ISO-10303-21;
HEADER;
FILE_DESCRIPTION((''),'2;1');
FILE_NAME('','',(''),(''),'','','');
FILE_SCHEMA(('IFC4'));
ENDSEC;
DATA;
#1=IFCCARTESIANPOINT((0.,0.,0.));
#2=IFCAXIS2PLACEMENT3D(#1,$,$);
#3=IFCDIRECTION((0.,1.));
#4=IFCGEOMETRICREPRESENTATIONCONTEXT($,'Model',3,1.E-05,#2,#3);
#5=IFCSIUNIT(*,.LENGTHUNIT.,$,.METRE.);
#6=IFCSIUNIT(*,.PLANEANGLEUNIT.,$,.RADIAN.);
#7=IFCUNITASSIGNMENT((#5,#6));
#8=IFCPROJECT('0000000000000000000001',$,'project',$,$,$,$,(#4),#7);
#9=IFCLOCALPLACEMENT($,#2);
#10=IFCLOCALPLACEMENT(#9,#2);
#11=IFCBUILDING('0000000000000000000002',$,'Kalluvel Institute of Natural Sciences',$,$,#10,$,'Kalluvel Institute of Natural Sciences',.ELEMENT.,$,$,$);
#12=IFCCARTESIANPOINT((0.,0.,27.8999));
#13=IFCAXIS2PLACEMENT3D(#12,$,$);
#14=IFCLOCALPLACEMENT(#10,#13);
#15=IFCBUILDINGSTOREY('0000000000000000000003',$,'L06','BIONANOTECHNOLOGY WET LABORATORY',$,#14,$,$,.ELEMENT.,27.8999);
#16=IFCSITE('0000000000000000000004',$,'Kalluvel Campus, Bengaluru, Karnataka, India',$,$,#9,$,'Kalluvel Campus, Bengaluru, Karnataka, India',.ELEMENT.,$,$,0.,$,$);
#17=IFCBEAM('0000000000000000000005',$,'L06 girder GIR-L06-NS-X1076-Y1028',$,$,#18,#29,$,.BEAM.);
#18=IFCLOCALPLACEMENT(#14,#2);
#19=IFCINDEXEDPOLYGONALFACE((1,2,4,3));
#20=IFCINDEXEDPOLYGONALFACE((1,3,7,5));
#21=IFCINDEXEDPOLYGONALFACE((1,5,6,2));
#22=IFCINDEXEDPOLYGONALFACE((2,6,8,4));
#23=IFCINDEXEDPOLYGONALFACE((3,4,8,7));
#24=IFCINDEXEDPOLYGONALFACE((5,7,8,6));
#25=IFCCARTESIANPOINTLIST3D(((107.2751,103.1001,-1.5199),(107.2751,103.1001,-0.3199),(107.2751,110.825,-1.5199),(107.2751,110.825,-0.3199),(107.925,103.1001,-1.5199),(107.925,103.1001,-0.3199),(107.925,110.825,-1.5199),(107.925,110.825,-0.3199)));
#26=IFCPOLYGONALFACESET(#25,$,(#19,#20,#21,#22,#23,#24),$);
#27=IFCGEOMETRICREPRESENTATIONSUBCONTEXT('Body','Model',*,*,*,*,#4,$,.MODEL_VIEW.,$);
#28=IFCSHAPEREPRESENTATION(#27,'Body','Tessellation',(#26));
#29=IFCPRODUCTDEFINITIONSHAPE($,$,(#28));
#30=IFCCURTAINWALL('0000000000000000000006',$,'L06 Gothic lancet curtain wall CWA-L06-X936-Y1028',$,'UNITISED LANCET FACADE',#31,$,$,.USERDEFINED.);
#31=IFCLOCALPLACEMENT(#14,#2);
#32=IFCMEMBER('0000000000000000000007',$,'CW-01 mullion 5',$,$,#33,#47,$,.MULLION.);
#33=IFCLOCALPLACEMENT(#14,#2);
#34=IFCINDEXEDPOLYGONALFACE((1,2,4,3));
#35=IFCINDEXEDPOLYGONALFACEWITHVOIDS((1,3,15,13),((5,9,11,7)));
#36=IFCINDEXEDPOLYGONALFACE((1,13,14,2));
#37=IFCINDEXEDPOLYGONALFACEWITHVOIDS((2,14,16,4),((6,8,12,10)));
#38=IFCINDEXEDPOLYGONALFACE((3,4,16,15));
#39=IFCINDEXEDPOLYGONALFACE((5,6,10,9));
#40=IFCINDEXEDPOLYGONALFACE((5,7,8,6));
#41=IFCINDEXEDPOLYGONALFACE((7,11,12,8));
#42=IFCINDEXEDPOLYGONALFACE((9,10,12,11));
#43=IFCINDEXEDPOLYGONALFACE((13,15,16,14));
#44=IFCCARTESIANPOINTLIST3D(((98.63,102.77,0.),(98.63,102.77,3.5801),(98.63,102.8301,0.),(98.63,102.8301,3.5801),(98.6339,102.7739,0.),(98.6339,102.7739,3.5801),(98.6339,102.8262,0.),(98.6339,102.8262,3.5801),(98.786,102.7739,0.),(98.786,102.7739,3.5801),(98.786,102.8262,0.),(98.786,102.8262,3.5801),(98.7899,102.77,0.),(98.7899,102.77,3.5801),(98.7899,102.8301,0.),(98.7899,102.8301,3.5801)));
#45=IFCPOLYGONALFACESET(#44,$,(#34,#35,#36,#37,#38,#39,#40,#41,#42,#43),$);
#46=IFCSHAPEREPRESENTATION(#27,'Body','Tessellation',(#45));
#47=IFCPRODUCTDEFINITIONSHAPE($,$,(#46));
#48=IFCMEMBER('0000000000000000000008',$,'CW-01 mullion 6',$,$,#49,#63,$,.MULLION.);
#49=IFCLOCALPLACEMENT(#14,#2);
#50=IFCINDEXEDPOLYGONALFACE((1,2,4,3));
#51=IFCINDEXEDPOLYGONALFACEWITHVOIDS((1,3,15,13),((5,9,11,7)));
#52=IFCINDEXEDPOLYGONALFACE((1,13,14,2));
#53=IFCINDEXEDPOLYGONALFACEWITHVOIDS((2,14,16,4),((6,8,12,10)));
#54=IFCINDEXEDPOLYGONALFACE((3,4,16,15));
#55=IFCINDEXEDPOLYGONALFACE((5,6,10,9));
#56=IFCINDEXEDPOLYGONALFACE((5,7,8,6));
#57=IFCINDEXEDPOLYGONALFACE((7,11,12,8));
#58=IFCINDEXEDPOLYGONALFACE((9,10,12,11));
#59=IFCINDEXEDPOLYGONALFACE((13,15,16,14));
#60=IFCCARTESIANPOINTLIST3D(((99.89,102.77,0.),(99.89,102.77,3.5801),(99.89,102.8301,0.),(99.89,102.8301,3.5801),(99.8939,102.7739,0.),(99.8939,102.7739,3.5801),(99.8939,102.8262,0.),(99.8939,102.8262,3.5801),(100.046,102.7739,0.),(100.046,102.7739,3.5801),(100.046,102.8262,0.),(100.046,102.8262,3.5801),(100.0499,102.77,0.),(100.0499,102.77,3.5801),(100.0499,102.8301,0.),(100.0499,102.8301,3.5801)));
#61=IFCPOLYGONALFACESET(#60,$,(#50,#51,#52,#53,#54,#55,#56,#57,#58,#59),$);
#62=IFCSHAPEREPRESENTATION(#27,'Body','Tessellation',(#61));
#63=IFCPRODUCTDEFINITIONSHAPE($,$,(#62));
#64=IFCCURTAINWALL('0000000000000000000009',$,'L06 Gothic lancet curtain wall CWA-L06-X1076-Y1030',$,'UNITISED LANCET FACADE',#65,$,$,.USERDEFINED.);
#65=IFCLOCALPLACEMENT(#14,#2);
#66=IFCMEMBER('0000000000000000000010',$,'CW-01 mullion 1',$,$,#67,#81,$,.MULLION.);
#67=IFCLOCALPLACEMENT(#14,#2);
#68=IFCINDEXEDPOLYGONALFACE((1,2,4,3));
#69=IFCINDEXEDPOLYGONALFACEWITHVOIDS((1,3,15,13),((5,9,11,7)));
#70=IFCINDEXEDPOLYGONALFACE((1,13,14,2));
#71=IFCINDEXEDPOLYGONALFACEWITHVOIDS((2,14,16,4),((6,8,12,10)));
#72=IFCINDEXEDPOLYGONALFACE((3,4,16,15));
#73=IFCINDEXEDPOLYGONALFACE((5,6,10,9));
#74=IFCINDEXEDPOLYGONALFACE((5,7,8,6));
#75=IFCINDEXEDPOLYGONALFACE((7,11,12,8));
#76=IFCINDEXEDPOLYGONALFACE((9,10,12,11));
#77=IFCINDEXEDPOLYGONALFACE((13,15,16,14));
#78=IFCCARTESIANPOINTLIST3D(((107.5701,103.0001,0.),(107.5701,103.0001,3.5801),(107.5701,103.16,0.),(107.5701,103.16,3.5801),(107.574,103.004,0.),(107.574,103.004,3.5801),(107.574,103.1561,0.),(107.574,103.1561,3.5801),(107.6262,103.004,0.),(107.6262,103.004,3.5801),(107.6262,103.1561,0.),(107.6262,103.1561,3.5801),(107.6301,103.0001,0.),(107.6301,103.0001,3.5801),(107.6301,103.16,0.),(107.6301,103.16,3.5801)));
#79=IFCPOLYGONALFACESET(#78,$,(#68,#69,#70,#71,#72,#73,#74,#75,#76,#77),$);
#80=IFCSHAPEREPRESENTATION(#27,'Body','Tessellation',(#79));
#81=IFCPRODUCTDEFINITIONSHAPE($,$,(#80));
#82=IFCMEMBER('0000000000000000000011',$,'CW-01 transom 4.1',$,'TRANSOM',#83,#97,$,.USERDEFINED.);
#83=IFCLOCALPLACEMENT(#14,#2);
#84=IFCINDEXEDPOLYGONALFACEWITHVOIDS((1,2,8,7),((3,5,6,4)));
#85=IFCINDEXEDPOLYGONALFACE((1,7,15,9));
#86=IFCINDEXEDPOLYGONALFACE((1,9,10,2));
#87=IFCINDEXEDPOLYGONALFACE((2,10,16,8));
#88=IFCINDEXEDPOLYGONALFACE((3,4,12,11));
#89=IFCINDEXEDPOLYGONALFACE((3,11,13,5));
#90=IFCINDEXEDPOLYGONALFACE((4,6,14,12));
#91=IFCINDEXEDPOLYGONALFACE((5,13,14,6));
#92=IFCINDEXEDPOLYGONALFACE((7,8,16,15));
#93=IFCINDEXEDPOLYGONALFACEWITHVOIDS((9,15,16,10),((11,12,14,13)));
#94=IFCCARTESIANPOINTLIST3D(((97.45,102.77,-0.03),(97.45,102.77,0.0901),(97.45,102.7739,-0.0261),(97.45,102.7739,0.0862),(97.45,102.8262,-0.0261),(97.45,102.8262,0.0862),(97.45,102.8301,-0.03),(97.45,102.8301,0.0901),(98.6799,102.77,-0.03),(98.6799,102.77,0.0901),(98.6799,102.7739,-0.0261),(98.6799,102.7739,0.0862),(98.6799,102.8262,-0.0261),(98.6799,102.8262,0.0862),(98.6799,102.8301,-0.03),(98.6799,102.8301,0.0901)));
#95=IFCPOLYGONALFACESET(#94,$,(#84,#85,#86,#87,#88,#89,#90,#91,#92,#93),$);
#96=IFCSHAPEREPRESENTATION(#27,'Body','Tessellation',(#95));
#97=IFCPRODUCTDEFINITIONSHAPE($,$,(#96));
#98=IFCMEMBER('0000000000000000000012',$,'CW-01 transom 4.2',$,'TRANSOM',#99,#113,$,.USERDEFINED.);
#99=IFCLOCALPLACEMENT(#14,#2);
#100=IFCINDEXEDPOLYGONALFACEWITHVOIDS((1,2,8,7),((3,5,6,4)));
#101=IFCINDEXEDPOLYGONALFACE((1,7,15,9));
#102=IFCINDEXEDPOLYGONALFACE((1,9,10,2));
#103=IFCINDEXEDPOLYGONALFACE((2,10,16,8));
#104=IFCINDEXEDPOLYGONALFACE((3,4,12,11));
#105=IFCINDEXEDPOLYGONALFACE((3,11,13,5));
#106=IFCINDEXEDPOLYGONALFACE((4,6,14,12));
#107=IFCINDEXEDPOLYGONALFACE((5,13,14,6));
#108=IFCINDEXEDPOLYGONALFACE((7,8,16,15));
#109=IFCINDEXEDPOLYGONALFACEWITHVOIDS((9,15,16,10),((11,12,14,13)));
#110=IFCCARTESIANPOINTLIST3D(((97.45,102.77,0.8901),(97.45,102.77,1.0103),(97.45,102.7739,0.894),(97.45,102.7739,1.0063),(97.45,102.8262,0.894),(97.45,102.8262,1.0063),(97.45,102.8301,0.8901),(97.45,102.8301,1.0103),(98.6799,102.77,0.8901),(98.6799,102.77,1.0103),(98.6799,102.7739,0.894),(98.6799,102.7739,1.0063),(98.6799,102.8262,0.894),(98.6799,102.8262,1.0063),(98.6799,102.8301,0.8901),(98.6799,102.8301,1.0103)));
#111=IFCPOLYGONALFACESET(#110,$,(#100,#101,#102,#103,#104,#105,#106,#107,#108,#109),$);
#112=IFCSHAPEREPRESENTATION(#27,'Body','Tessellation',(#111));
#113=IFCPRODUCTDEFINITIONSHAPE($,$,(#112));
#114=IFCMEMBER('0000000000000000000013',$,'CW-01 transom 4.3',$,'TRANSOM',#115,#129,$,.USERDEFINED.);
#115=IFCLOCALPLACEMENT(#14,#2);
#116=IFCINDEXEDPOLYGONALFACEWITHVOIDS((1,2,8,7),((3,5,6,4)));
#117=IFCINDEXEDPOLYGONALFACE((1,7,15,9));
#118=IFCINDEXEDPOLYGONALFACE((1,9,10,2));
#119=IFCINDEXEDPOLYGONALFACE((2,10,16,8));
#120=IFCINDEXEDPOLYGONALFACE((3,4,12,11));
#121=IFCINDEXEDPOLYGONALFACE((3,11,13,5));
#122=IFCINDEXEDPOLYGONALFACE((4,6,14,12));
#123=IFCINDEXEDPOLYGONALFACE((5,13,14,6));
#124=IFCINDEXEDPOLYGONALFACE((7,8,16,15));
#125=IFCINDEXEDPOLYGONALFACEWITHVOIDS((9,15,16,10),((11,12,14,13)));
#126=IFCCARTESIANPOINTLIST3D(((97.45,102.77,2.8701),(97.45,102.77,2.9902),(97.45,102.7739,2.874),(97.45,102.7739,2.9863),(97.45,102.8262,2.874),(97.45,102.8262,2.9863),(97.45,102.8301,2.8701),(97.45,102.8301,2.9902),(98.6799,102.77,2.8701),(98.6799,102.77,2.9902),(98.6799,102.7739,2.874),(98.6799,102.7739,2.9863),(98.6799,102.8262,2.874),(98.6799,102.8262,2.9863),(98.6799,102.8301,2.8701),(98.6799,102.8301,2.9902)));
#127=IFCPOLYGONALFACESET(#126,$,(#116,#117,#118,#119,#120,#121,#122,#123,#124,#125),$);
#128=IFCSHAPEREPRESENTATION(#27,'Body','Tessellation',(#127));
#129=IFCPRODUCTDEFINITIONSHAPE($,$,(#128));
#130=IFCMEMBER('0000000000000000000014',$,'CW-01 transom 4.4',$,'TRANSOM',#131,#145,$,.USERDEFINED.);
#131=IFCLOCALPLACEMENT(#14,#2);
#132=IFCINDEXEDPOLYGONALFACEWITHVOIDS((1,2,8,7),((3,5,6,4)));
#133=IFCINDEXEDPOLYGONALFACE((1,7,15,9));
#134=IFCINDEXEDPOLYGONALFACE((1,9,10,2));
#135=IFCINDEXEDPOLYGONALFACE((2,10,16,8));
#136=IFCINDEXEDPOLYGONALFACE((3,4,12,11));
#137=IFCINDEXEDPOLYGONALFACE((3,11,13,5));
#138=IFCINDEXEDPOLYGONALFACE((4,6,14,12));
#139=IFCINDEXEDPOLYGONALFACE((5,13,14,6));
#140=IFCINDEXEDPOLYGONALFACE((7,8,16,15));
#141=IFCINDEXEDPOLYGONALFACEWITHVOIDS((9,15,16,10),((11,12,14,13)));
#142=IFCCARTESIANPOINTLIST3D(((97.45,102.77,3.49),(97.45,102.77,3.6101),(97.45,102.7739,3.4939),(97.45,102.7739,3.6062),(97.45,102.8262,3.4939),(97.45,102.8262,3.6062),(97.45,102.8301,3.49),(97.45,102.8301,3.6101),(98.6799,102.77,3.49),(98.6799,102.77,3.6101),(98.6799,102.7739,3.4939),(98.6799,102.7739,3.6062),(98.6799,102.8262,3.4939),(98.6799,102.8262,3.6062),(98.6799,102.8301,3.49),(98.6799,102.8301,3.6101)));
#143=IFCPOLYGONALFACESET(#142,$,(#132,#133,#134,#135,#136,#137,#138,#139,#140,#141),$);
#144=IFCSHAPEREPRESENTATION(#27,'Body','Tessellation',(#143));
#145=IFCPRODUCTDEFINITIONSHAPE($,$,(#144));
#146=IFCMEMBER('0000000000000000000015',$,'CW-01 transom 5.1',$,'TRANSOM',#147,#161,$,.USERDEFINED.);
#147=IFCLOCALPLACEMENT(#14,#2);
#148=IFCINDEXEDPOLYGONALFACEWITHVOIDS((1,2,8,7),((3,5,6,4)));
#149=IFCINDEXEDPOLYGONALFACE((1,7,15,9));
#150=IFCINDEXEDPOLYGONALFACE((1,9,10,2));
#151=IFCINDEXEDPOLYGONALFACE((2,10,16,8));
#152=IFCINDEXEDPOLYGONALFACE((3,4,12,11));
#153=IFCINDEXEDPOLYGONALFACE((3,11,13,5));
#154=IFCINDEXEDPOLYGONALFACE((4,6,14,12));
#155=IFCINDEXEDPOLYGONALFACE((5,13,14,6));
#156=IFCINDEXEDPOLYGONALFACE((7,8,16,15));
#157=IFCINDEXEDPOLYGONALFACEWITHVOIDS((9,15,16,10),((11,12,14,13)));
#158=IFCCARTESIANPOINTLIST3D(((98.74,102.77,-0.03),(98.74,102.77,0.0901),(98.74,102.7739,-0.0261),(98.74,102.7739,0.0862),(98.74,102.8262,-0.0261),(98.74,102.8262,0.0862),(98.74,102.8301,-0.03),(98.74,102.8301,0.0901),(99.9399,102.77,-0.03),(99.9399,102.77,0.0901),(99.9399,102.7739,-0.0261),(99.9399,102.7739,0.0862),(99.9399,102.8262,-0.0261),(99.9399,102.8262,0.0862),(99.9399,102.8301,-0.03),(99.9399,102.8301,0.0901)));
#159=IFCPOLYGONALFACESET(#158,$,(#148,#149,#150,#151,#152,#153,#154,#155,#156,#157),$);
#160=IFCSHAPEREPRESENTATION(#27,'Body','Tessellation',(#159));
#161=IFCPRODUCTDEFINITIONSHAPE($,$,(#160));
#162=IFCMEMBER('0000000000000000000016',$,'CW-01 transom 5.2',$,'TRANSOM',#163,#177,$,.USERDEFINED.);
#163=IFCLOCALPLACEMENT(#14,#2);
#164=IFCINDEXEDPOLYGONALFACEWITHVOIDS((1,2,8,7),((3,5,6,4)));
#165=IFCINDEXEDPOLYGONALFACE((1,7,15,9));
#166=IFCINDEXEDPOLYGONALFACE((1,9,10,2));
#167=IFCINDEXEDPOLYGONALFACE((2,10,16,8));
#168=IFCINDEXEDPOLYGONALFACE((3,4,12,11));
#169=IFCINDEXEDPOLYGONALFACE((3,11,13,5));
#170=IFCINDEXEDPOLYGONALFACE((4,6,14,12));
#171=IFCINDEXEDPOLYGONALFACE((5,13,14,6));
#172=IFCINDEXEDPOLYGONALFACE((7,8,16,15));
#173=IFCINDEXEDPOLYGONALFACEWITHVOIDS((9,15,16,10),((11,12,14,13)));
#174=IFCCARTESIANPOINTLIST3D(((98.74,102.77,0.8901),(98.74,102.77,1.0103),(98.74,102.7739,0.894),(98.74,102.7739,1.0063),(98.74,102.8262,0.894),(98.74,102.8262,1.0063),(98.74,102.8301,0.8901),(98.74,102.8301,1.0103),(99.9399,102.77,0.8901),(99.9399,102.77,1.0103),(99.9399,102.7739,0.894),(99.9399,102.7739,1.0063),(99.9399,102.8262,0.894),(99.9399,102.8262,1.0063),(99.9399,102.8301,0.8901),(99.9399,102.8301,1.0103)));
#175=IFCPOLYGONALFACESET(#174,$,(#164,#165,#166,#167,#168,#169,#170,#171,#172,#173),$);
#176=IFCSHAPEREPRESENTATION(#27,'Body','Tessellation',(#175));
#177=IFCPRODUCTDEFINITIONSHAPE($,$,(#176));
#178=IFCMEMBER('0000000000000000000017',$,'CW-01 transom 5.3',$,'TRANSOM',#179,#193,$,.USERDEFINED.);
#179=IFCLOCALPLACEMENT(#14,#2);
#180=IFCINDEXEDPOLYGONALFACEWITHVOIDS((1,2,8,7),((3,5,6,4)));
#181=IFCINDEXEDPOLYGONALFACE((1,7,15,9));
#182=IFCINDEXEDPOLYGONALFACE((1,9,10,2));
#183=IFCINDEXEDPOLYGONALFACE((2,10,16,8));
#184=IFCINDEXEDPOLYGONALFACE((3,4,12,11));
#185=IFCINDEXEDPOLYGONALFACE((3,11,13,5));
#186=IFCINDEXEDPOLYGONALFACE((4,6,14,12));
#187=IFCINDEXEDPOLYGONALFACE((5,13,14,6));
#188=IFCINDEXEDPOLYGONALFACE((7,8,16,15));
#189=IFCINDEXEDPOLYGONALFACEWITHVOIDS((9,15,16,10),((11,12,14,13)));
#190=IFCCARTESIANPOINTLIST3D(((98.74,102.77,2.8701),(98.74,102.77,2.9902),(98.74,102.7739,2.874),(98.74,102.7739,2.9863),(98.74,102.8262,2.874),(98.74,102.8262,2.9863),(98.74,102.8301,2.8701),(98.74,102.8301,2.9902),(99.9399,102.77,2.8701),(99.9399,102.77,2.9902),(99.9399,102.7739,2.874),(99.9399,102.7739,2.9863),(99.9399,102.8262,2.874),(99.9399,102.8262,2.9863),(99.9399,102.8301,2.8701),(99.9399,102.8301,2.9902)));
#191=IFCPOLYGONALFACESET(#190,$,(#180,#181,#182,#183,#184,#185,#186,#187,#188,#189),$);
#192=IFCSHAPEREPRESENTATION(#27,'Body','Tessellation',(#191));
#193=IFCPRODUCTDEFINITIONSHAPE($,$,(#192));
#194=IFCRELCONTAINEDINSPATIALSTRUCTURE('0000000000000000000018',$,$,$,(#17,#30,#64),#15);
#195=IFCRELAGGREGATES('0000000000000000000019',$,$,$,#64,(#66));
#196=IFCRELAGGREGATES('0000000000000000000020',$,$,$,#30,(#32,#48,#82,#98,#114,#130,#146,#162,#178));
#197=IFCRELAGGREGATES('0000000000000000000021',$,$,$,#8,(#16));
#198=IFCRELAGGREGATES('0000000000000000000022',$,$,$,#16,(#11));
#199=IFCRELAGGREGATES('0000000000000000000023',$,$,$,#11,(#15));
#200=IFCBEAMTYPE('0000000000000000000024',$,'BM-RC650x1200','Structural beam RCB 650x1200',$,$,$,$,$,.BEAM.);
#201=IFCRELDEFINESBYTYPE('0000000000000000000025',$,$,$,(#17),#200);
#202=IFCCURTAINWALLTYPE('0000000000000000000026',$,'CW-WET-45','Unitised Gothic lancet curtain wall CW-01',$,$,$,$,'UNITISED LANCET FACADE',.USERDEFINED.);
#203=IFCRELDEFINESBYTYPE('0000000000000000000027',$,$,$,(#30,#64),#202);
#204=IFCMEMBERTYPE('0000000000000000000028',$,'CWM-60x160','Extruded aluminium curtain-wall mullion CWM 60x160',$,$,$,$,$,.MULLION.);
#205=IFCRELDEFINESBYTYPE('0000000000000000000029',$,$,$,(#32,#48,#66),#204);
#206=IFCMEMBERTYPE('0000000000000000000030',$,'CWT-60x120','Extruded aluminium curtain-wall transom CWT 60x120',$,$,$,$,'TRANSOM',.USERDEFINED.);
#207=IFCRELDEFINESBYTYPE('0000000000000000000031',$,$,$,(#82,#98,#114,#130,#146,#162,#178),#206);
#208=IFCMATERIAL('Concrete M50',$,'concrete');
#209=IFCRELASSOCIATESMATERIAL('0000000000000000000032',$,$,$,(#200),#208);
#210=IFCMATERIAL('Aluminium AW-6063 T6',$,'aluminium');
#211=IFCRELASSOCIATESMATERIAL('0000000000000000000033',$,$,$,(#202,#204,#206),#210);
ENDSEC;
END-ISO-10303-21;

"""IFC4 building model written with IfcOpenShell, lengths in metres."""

from ifc_helpers import new_model, si_unit, direction, frame, origin, origin_2d, place, context, subcontext, project, spatial, rectangle, hollow_rectangle, extrude, material, material_profile, profile_set, type_object, element, aggregate, save


model = new_model("IFC4")

# Units and contexts
model_context = context("Model", 3, precision=1e-05, world=origin(), true_north=direction((0.0, 1.0)))
body_context = subcontext(model_context, "Body", "Model", "MODEL_VIEW")
ifc_project = project(units=[si_unit("LENGTHUNIT", "METRE"), si_unit("PLANEANGLEUNIT", "RADIAN")], contexts=[model_context])

# Site, building, storey
site_placement = place(None, origin())
site = spatial("IfcSite", under=ifc_project, at=site_placement, Name="Kalluvel Campus, Bengaluru, Karnataka, India", LongName="Kalluvel Campus, Bengaluru, Karnataka, India", CompositionType="ELEMENT", RefElevation=0.0)
building_placement = place(site_placement, origin())
building = spatial("IfcBuilding", under=site, at=building_placement, Name="Kalluvel Institute of Natural Sciences", LongName="Kalluvel Institute of Natural Sciences", CompositionType="ELEMENT")
storey_placement = place(building_placement, frame((0.0, 0.0, 27.8999)))
storey = spatial("IfcBuildingStorey", under=building, at=storey_placement, Name="L06", Description="BIONANOTECHNOLOGY WET LABORATORY", CompositionType="ELEMENT", Elevation=27.8999)

# Beam
ifc_material_1 = material(Name="Concrete M50", Category="concrete")
ifc_material_profile_1 = material_profile(ifc_material_1, rectangle(XDim=0.6499, YDim=1.2, at=origin_2d()), Name="RCB 650x1200")
ifc_profile_set_1 = profile_set([ifc_material_profile_1], Name="Concrete M50")
beam_type_1 = type_object("IfcBeamType", Name="BM-RC650x1200", Description="Structural beam RCB 650x1200", PredefinedType="BEAM", material=ifc_profile_set_1)
beam_1_placement = place(storey_placement, frame((107.6001, 103.1001, -0.9199), z_axis=(0.0, 1.0, 0.0), x_axis=(-1.0, 0.0, 0.0)))
element("IfcBeam", 1, at=beam_1_placement, inside=storey, type_object=beam_type_1, Name="L06 girder GIR-L06-NS-X1076-Y1028", PredefinedType="BEAM", context=body_context, shape_type="SweptSolid", body=[
    extrude(rectangle(XDim=0.6499, YDim=1.2, at=origin_2d()), origin(), (0.0, 0.0, 1.0), 7.7249),
])

# Curtain wall, members
ifc_material_2 = material(Name="Aluminium AW-6063 T6", Category="aluminium")
curtain_wall_type = type_object("IfcCurtainWallType", Name="CW-WET-45", Description="Unitised Gothic lancet curtain wall CW-01", ElementType="UNITISED LANCET FACADE", PredefinedType="USERDEFINED", material=ifc_material_2)
curtain_wall_1_placement = place(storey_placement, origin())
curtain_wall_1 = element("IfcCurtainWall", 2, at=curtain_wall_1_placement, inside=storey, type_object=curtain_wall_type, Name="L06 Gothic lancet curtain wall CWA-L06-X936-Y1028", ObjectType="UNITISED LANCET FACADE", PredefinedType="USERDEFINED")
ifc_material_profile_2 = material_profile(ifc_material_2, hollow_rectangle(XDim=0.0601, YDim=0.1599, WallThickness=0.0039, at=origin_2d()), Name="CWM 60x160")
ifc_profile_set_2 = profile_set([ifc_material_profile_2], Name="Aluminium AW-6063 T6")
member_type_1 = type_object("IfcMemberType", Name="CWM-60x160", Description="Extruded aluminium curtain-wall mullion CWM 60x160", PredefinedType="MULLION", material=ifc_profile_set_2)
member_1_placement = place(storey_placement, frame((98.71, 102.8, 0.0), z_axis=(0.0, 0.0, 1.0), x_axis=(0.0, 1.0, 0.0)))
member_1 = element("IfcMember", 3, at=member_1_placement, type_object=member_type_1, Name="CW-01 mullion 5", PredefinedType="MULLION", context=body_context, shape_type="SweptSolid", body=[
    extrude(hollow_rectangle(XDim=0.0601, YDim=0.1599, WallThickness=0.0039, at=origin_2d()), origin(), (0.0, 0.0, 1.0), 3.5801),
])
member_2_placement = place(storey_placement, frame((99.97, 102.8, 0.0), z_axis=(0.0, 0.0, 1.0), x_axis=(0.0, 1.0, 0.0)))
member_2 = element("IfcMember", 4, at=member_2_placement, type_object=member_type_1, Name="CW-01 mullion 6", PredefinedType="MULLION", context=body_context, shape_type="SweptSolid", body=[
    extrude(hollow_rectangle(XDim=0.0601, YDim=0.1599, WallThickness=0.0039, at=origin_2d()), origin(), (0.0, 0.0, 1.0), 3.5801),
])

# Curtain wall, member
curtain_wall_2_placement = place(storey_placement, origin())
curtain_wall_2 = element("IfcCurtainWall", 5, at=curtain_wall_2_placement, inside=storey, type_object=curtain_wall_type, Name="L06 Gothic lancet curtain wall CWA-L06-X1076-Y1030", ObjectType="UNITISED LANCET FACADE", PredefinedType="USERDEFINED")
member_3_placement = place(storey_placement, frame((107.6001, 103.0801, 0.0), z_axis=(0.0, 0.0, 1.0), x_axis=(-1.0, 0.0, 0.0)))
member_3 = element("IfcMember", 6, at=member_3_placement, type_object=member_type_1, Name="CW-01 mullion 1", PredefinedType="MULLION", context=body_context, shape_type="SweptSolid", body=[
    extrude(hollow_rectangle(XDim=0.0601, YDim=0.1599, WallThickness=0.0039, at=origin_2d()), origin(), (0.0, 0.0, 1.0), 3.5801),
])

# Members
ifc_material_profile_3 = material_profile(ifc_material_2, hollow_rectangle(XDim=0.0601, YDim=0.1201, WallThickness=0.0039, at=origin_2d()), Name="CWT 60x120")
ifc_profile_set_3 = profile_set([ifc_material_profile_3], Name="Aluminium AW-6063 T6")
member_type_2 = type_object("IfcMemberType", Name="CWT-60x120", Description="Extruded aluminium curtain-wall transom CWT 60x120", ElementType="TRANSOM", PredefinedType="USERDEFINED", material=ifc_profile_set_3)
member_4_placement = place(storey_placement, frame((97.45, 102.8, 0.03), z_axis=(1.0, 0.0, 0.0), x_axis=(0.0, 1.0, 0.0)))
member_4 = element("IfcMember", 7, at=member_4_placement, type_object=member_type_2, Name="CW-01 transom 4.1", ObjectType="TRANSOM", PredefinedType="USERDEFINED", context=body_context, shape_type="SweptSolid", body=[
    extrude(hollow_rectangle(XDim=0.0601, YDim=0.1201, WallThickness=0.0039, at=origin_2d()), origin(), (0.0, 0.0, 1.0), 1.23),
])
member_5_placement = place(storey_placement, frame((97.45, 102.8, 0.9502), z_axis=(1.0, 0.0, 0.0), x_axis=(0.0, 1.0, 0.0)))
member_5 = element("IfcMember", 8, at=member_5_placement, type_object=member_type_2, Name="CW-01 transom 4.2", ObjectType="TRANSOM", PredefinedType="USERDEFINED", context=body_context, shape_type="SweptSolid", body=[
    extrude(hollow_rectangle(XDim=0.0601, YDim=0.1201, WallThickness=0.0039, at=origin_2d()), origin(), (0.0, 0.0, 1.0), 1.23),
])
member_6_placement = place(storey_placement, frame((97.45, 102.8, 2.9302), z_axis=(1.0, 0.0, 0.0), x_axis=(0.0, 1.0, 0.0)))
member_6 = element("IfcMember", 9, at=member_6_placement, type_object=member_type_2, Name="CW-01 transom 4.3", ObjectType="TRANSOM", PredefinedType="USERDEFINED", context=body_context, shape_type="SweptSolid", body=[
    extrude(hollow_rectangle(XDim=0.0601, YDim=0.1201, WallThickness=0.0039, at=origin_2d()), origin(), (0.0, 0.0, 1.0), 1.23),
])
member_7_placement = place(storey_placement, frame((97.45, 102.8, 3.55), z_axis=(1.0, 0.0, 0.0), x_axis=(0.0, 1.0, 0.0)))
member_7 = element("IfcMember", 10, at=member_7_placement, type_object=member_type_2, Name="CW-01 transom 4.4", ObjectType="TRANSOM", PredefinedType="USERDEFINED", context=body_context, shape_type="SweptSolid", body=[
    extrude(hollow_rectangle(XDim=0.0601, YDim=0.1201, WallThickness=0.0039, at=origin_2d()), origin(), (0.0, 0.0, 1.0), 1.23),
])
member_8_placement = place(storey_placement, frame((98.74, 102.8, 0.03), z_axis=(1.0, 0.0, 0.0), x_axis=(0.0, 1.0, 0.0)))
member_8 = element("IfcMember", 11, at=member_8_placement, type_object=member_type_2, Name="CW-01 transom 5.1", ObjectType="TRANSOM", PredefinedType="USERDEFINED", context=body_context, shape_type="SweptSolid", body=[
    extrude(hollow_rectangle(XDim=0.0601, YDim=0.1201, WallThickness=0.0039, at=origin_2d()), origin(), (0.0, 0.0, 1.0), 1.2),
])
member_9_placement = place(storey_placement, frame((98.74, 102.8, 0.9502), z_axis=(1.0, 0.0, 0.0), x_axis=(0.0, 1.0, 0.0)))
member_9 = element("IfcMember", 12, at=member_9_placement, type_object=member_type_2, Name="CW-01 transom 5.2", ObjectType="TRANSOM", PredefinedType="USERDEFINED", context=body_context, shape_type="SweptSolid", body=[
    extrude(hollow_rectangle(XDim=0.0601, YDim=0.1201, WallThickness=0.0039, at=origin_2d()), origin(), (0.0, 0.0, 1.0), 1.2),
])
member_10_placement = place(storey_placement, frame((98.74, 102.8, 2.9302), z_axis=(1.0, 0.0, 0.0), x_axis=(0.0, 1.0, 0.0)))
member_10 = element("IfcMember", 13, at=member_10_placement, type_object=member_type_2, Name="CW-01 transom 5.3", ObjectType="TRANSOM", PredefinedType="USERDEFINED", context=body_context, shape_type="SweptSolid", body=[
    extrude(hollow_rectangle(XDim=0.0601, YDim=0.1201, WallThickness=0.0039, at=origin_2d()), origin(), (0.0, 0.0, 1.0), 1.2),
])
aggregate(curtain_wall_2, [member_3])

aggregate(curtain_wall_1, [member_1, member_2, member_4, member_5, member_6, member_7, member_8, member_9, member_10])

save(model, "model.ifc")
